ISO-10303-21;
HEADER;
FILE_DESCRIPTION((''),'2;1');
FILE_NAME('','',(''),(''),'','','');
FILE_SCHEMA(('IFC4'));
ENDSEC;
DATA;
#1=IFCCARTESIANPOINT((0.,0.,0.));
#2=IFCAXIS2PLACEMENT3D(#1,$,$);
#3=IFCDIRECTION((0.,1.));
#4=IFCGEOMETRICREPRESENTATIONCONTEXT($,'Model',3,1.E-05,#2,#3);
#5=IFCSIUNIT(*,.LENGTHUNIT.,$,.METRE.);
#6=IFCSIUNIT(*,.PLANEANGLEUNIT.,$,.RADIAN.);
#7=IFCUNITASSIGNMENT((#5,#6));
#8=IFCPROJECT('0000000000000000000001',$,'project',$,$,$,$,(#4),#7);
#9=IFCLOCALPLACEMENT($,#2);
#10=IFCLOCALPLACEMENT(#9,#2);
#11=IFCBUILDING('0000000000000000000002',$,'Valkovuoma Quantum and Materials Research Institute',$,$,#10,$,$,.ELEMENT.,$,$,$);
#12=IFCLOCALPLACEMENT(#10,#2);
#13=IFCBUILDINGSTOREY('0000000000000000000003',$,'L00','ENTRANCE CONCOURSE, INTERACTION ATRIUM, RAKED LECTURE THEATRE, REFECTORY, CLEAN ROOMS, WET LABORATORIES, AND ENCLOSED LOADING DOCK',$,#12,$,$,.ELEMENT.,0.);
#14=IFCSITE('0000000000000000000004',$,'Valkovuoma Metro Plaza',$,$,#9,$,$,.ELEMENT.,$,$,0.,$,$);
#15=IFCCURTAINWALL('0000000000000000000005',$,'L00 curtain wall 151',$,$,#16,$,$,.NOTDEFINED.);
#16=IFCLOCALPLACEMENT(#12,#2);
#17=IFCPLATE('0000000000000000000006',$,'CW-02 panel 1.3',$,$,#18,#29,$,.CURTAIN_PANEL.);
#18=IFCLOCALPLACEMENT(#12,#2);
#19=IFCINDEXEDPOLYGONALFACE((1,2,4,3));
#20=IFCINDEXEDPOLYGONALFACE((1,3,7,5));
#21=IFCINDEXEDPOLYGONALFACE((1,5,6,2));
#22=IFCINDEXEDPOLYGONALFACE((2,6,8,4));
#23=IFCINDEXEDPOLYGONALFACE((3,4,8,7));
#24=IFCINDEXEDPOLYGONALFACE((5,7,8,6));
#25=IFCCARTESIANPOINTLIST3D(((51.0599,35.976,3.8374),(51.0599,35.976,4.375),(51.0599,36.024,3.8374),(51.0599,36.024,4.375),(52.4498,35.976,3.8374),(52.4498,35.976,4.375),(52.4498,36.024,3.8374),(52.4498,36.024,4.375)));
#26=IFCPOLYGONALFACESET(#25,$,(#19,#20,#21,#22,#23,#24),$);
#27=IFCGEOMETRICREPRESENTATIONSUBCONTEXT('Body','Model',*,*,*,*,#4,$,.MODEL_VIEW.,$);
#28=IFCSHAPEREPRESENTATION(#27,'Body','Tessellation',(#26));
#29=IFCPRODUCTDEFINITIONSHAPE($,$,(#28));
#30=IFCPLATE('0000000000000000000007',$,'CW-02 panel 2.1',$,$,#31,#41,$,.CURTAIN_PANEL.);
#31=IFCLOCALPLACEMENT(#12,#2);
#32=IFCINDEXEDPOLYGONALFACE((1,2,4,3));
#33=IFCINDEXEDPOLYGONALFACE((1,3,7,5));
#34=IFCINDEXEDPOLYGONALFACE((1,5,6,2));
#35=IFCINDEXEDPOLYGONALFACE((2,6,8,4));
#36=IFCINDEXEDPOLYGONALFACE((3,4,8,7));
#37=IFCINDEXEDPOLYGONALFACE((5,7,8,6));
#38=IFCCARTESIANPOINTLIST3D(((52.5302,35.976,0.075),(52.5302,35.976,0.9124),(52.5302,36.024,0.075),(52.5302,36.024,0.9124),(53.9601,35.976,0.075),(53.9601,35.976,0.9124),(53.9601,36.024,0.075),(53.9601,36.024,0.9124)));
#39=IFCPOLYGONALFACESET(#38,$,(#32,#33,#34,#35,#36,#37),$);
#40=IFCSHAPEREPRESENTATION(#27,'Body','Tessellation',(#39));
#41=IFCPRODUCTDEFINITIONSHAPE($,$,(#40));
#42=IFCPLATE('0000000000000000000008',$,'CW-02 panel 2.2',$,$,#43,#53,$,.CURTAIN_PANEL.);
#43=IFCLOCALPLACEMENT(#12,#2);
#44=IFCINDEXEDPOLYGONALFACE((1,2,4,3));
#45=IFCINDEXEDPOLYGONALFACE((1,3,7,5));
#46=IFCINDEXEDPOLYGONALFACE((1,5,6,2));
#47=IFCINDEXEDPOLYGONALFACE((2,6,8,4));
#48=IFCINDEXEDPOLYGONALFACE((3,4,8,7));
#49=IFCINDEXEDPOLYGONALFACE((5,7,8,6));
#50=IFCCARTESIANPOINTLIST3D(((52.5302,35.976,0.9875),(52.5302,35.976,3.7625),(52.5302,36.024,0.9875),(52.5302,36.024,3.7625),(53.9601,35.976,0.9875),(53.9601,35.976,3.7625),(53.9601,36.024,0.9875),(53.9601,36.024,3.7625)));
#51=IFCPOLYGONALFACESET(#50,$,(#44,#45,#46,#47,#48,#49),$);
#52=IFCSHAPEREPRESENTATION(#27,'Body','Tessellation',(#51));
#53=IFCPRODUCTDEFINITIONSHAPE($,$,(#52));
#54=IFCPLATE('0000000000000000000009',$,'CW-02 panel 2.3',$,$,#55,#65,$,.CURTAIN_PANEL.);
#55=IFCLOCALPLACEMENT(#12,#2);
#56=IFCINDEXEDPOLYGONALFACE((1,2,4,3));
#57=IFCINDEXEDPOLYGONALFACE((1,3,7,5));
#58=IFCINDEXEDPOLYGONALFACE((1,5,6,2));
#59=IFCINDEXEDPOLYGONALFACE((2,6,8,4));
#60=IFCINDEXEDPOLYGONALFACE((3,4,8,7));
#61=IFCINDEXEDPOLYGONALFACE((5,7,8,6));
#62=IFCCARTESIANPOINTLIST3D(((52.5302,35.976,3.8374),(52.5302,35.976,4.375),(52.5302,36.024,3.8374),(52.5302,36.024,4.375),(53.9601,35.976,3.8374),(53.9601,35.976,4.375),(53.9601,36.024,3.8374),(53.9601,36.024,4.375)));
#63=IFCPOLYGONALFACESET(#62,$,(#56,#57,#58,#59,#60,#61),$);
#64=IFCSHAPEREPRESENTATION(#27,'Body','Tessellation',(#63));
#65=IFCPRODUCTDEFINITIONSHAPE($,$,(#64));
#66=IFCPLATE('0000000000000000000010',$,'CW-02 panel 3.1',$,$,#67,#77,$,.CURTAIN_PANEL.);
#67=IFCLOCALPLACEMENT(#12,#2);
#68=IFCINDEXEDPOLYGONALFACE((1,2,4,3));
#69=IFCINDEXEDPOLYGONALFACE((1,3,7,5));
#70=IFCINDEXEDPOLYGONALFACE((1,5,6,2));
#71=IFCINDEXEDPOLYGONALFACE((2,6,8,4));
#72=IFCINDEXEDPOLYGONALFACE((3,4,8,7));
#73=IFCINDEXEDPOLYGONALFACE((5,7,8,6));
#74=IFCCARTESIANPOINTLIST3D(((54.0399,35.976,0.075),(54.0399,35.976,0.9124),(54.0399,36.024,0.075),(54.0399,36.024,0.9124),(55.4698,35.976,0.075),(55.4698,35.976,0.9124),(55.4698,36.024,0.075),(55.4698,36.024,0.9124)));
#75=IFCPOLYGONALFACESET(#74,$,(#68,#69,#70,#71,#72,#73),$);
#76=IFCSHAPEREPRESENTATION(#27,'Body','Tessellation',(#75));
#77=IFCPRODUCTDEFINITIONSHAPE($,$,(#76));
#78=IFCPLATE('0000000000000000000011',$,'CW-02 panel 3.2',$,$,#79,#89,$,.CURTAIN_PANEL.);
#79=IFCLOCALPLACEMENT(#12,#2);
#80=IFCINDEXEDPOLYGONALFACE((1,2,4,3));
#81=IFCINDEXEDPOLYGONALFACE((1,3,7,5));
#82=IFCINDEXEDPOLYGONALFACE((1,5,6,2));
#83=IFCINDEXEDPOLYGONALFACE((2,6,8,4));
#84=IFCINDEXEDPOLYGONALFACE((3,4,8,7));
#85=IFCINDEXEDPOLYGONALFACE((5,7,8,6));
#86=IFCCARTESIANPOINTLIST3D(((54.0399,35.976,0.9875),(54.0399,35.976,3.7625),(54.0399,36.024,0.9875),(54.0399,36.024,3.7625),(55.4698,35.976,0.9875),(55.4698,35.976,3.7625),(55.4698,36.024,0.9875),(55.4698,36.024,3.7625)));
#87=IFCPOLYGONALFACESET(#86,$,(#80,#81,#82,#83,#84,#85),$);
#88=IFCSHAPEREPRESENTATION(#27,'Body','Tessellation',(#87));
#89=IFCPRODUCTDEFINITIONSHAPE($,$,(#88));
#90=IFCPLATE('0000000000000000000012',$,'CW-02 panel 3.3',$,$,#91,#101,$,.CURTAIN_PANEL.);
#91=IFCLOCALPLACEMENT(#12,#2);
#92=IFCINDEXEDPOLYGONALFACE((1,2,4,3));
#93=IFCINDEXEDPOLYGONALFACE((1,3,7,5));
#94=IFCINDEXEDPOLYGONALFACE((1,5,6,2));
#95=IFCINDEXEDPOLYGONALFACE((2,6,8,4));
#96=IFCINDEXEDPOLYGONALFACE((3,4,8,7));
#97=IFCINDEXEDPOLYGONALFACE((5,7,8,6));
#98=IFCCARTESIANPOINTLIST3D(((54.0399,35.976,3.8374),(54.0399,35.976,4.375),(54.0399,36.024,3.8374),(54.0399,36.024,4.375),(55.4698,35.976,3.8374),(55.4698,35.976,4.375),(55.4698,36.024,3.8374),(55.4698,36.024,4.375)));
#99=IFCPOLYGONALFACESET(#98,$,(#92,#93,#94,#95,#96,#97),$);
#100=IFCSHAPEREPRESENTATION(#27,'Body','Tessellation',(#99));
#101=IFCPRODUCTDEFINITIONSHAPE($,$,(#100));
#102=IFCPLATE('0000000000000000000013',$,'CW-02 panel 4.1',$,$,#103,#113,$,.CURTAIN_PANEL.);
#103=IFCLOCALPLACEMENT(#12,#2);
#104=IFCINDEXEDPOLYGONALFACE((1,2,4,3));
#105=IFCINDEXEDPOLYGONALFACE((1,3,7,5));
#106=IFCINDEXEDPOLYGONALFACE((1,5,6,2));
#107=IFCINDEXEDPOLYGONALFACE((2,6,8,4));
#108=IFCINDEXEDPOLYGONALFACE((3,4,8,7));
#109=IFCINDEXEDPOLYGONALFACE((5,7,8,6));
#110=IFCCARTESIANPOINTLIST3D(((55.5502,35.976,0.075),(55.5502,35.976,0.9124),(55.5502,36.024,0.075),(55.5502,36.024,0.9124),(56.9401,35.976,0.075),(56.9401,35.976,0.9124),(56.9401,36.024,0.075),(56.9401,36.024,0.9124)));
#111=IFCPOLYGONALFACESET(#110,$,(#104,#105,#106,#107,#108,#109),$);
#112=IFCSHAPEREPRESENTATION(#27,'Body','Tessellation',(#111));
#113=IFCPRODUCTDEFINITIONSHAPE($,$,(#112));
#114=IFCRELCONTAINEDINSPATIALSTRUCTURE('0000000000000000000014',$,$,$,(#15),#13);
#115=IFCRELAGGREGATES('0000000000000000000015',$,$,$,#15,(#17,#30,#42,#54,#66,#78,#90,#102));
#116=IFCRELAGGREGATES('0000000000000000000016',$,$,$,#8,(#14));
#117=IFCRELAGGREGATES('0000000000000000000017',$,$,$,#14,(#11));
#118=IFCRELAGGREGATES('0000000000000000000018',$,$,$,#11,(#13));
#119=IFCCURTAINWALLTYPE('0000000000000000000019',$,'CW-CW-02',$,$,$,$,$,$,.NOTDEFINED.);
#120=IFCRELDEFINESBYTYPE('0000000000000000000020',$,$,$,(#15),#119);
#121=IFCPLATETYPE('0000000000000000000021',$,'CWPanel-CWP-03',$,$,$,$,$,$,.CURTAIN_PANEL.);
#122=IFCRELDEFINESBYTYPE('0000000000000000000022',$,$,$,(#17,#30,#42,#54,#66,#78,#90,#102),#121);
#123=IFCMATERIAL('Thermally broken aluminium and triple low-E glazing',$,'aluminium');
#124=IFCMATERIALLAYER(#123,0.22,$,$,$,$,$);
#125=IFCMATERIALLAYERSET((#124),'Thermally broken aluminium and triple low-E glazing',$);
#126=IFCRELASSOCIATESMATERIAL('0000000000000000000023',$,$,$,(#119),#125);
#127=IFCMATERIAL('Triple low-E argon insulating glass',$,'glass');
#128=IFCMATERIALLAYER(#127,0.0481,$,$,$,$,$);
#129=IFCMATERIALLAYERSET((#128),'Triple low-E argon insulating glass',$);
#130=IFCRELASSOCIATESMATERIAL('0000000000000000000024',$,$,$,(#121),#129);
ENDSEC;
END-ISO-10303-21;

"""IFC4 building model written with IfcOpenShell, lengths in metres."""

from ifc_helpers import new_model, si_unit, direction, frame, origin, origin_2d, place, context, subcontext, project, spatial, rectangle, extrude, material, layer, layer_set, type_object, element, aggregate, save


model = new_model("IFC4")

# Units and contexts
model_context = context("Model", 3, precision=1e-05, world=origin(), true_north=direction((0.0, 1.0)))
body_context = subcontext(model_context, "Body", "Model", "MODEL_VIEW")
ifc_project = project(units=[si_unit("LENGTHUNIT", "METRE"), si_unit("PLANEANGLEUNIT", "RADIAN")], contexts=[model_context])

# Site, building, storey
site_placement = place(None, origin())
site = spatial("IfcSite", under=ifc_project, at=site_placement, Name="Valkovuoma Metro Plaza", CompositionType="ELEMENT", RefElevation=0.0)
building_placement = place(site_placement, origin())
building = spatial("IfcBuilding", under=site, at=building_placement, Name="Valkovuoma Quantum and Materials Research Institute", CompositionType="ELEMENT")
storey_placement = place(building_placement, origin())
storey = spatial("IfcBuildingStorey", under=building, at=storey_placement, Name="L00", Description="ENTRANCE CONCOURSE, INTERACTION ATRIUM, RAKED LECTURE THEATRE, REFECTORY, CLEAN ROOMS, WET LABORATORIES, AND ENCLOSED LOADING DOCK", CompositionType="ELEMENT", Elevation=0.0)

# Curtain wall, plates
ifc_material_1 = material(Name="Thermally broken aluminium and triple low-E glazing", Category="aluminium")
ifc_layer_1 = layer(ifc_material_1, 0.22)
ifc_layer_set_1 = layer_set([ifc_layer_1], Name="Thermally broken aluminium and triple low-E glazing")
curtain_wall_type = type_object("IfcCurtainWallType", Name="CW-CW-02", PredefinedType="NOTDEFINED", material=ifc_layer_set_1)
curtain_wall_placement = place(storey_placement, origin())
curtain_wall = element("IfcCurtainWall", 1, at=curtain_wall_placement, inside=storey, type_object=curtain_wall_type, Name="L00 curtain wall 151", PredefinedType="NOTDEFINED")
ifc_material_2 = material(Name="Triple low-E argon insulating glass", Category="glass")
ifc_layer_2 = layer(ifc_material_2, 0.0481)
ifc_layer_set_2 = layer_set([ifc_layer_2], Name="Triple low-E argon insulating glass")
plate_type = type_object("IfcPlateType", Name="CWPanel-CWP-03", PredefinedType="CURTAIN_PANEL", material=ifc_layer_set_2)
plate_1_placement = place(storey_placement, frame((51.7549, 36.0, 3.8374), z_axis=(0.0, 0.0, 1.0), x_axis=(1.0, 0.0, 0.0)))
plate_1 = element("IfcPlate", 2, at=plate_1_placement, type_object=plate_type, Name="CW-02 panel 1.3", PredefinedType="CURTAIN_PANEL", context=body_context, shape_type="SweptSolid", body=[
    extrude(rectangle(XDim=1.3899, YDim=0.0481, at=origin_2d()), origin(), (0.0, 0.0, 1.0), 0.5376),
])
plate_2_placement = place(storey_placement, frame((53.2451, 36.0, 0.075), z_axis=(0.0, 0.0, 1.0), x_axis=(1.0, 0.0, 0.0)))
plate_2 = element("IfcPlate", 3, at=plate_2_placement, type_object=plate_type, Name="CW-02 panel 2.1", PredefinedType="CURTAIN_PANEL", context=body_context, shape_type="SweptSolid", body=[
    extrude(rectangle(XDim=1.4299, YDim=0.0481, at=origin_2d()), origin(), (0.0, 0.0, 1.0), 0.8374),
])
plate_3_placement = place(storey_placement, frame((53.2451, 36.0, 0.9875), z_axis=(0.0, 0.0, 1.0), x_axis=(1.0, 0.0, 0.0)))
plate_3 = element("IfcPlate", 4, at=plate_3_placement, type_object=plate_type, Name="CW-02 panel 2.2", PredefinedType="CURTAIN_PANEL", context=body_context, shape_type="SweptSolid", body=[
    extrude(rectangle(XDim=1.4299, YDim=0.0481, at=origin_2d()), origin(), (0.0, 0.0, 1.0), 2.7749),
])
plate_4_placement = place(storey_placement, frame((53.2451, 36.0, 3.8374), z_axis=(0.0, 0.0, 1.0), x_axis=(1.0, 0.0, 0.0)))
plate_4 = element("IfcPlate", 5, at=plate_4_placement, type_object=plate_type, Name="CW-02 panel 2.3", PredefinedType="CURTAIN_PANEL", context=body_context, shape_type="SweptSolid", body=[
    extrude(rectangle(XDim=1.4299, YDim=0.0481, at=origin_2d()), origin(), (0.0, 0.0, 1.0), 0.5376),
])
plate_5_placement = place(storey_placement, frame((54.7549, 36.0, 0.075), z_axis=(0.0, 0.0, 1.0), x_axis=(1.0, 0.0, 0.0)))
plate_5 = element("IfcPlate", 6, at=plate_5_placement, type_object=plate_type, Name="CW-02 panel 3.1", PredefinedType="CURTAIN_PANEL", context=body_context, shape_type="SweptSolid", body=[
    extrude(rectangle(XDim=1.4299, YDim=0.0481, at=origin_2d()), origin(), (0.0, 0.0, 1.0), 0.8374),
])
plate_6_placement = place(storey_placement, frame((54.7549, 36.0, 0.9875), z_axis=(0.0, 0.0, 1.0), x_axis=(1.0, 0.0, 0.0)))
plate_6 = element("IfcPlate", 7, at=plate_6_placement, type_object=plate_type, Name="CW-02 panel 3.2", PredefinedType="CURTAIN_PANEL", context=body_context, shape_type="SweptSolid", body=[
    extrude(rectangle(XDim=1.4299, YDim=0.0481, at=origin_2d()), origin(), (0.0, 0.0, 1.0), 2.7749),
])
plate_7_placement = place(storey_placement, frame((54.7549, 36.0, 3.8374), z_axis=(0.0, 0.0, 1.0), x_axis=(1.0, 0.0, 0.0)))
plate_7 = element("IfcPlate", 8, at=plate_7_placement, type_object=plate_type, Name="CW-02 panel 3.3", PredefinedType="CURTAIN_PANEL", context=body_context, shape_type="SweptSolid", body=[
    extrude(rectangle(XDim=1.4299, YDim=0.0481, at=origin_2d()), origin(), (0.0, 0.0, 1.0), 0.5376),
])
plate_8_placement = place(storey_placement, frame((56.2451, 36.0, 0.075), z_axis=(0.0, 0.0, 1.0), x_axis=(1.0, 0.0, 0.0)))
plate_8 = element("IfcPlate", 9, at=plate_8_placement, type_object=plate_type, Name="CW-02 panel 4.1", PredefinedType="CURTAIN_PANEL", context=body_context, shape_type="SweptSolid", body=[
    extrude(rectangle(XDim=1.3899, YDim=0.0481, at=origin_2d()), origin(), (0.0, 0.0, 1.0), 0.8374),
])
aggregate(curtain_wall, [plate_1, plate_2, plate_3, plate_4, plate_5, plate_6, plate_7, plate_8])

save(model, "model.ifc")
